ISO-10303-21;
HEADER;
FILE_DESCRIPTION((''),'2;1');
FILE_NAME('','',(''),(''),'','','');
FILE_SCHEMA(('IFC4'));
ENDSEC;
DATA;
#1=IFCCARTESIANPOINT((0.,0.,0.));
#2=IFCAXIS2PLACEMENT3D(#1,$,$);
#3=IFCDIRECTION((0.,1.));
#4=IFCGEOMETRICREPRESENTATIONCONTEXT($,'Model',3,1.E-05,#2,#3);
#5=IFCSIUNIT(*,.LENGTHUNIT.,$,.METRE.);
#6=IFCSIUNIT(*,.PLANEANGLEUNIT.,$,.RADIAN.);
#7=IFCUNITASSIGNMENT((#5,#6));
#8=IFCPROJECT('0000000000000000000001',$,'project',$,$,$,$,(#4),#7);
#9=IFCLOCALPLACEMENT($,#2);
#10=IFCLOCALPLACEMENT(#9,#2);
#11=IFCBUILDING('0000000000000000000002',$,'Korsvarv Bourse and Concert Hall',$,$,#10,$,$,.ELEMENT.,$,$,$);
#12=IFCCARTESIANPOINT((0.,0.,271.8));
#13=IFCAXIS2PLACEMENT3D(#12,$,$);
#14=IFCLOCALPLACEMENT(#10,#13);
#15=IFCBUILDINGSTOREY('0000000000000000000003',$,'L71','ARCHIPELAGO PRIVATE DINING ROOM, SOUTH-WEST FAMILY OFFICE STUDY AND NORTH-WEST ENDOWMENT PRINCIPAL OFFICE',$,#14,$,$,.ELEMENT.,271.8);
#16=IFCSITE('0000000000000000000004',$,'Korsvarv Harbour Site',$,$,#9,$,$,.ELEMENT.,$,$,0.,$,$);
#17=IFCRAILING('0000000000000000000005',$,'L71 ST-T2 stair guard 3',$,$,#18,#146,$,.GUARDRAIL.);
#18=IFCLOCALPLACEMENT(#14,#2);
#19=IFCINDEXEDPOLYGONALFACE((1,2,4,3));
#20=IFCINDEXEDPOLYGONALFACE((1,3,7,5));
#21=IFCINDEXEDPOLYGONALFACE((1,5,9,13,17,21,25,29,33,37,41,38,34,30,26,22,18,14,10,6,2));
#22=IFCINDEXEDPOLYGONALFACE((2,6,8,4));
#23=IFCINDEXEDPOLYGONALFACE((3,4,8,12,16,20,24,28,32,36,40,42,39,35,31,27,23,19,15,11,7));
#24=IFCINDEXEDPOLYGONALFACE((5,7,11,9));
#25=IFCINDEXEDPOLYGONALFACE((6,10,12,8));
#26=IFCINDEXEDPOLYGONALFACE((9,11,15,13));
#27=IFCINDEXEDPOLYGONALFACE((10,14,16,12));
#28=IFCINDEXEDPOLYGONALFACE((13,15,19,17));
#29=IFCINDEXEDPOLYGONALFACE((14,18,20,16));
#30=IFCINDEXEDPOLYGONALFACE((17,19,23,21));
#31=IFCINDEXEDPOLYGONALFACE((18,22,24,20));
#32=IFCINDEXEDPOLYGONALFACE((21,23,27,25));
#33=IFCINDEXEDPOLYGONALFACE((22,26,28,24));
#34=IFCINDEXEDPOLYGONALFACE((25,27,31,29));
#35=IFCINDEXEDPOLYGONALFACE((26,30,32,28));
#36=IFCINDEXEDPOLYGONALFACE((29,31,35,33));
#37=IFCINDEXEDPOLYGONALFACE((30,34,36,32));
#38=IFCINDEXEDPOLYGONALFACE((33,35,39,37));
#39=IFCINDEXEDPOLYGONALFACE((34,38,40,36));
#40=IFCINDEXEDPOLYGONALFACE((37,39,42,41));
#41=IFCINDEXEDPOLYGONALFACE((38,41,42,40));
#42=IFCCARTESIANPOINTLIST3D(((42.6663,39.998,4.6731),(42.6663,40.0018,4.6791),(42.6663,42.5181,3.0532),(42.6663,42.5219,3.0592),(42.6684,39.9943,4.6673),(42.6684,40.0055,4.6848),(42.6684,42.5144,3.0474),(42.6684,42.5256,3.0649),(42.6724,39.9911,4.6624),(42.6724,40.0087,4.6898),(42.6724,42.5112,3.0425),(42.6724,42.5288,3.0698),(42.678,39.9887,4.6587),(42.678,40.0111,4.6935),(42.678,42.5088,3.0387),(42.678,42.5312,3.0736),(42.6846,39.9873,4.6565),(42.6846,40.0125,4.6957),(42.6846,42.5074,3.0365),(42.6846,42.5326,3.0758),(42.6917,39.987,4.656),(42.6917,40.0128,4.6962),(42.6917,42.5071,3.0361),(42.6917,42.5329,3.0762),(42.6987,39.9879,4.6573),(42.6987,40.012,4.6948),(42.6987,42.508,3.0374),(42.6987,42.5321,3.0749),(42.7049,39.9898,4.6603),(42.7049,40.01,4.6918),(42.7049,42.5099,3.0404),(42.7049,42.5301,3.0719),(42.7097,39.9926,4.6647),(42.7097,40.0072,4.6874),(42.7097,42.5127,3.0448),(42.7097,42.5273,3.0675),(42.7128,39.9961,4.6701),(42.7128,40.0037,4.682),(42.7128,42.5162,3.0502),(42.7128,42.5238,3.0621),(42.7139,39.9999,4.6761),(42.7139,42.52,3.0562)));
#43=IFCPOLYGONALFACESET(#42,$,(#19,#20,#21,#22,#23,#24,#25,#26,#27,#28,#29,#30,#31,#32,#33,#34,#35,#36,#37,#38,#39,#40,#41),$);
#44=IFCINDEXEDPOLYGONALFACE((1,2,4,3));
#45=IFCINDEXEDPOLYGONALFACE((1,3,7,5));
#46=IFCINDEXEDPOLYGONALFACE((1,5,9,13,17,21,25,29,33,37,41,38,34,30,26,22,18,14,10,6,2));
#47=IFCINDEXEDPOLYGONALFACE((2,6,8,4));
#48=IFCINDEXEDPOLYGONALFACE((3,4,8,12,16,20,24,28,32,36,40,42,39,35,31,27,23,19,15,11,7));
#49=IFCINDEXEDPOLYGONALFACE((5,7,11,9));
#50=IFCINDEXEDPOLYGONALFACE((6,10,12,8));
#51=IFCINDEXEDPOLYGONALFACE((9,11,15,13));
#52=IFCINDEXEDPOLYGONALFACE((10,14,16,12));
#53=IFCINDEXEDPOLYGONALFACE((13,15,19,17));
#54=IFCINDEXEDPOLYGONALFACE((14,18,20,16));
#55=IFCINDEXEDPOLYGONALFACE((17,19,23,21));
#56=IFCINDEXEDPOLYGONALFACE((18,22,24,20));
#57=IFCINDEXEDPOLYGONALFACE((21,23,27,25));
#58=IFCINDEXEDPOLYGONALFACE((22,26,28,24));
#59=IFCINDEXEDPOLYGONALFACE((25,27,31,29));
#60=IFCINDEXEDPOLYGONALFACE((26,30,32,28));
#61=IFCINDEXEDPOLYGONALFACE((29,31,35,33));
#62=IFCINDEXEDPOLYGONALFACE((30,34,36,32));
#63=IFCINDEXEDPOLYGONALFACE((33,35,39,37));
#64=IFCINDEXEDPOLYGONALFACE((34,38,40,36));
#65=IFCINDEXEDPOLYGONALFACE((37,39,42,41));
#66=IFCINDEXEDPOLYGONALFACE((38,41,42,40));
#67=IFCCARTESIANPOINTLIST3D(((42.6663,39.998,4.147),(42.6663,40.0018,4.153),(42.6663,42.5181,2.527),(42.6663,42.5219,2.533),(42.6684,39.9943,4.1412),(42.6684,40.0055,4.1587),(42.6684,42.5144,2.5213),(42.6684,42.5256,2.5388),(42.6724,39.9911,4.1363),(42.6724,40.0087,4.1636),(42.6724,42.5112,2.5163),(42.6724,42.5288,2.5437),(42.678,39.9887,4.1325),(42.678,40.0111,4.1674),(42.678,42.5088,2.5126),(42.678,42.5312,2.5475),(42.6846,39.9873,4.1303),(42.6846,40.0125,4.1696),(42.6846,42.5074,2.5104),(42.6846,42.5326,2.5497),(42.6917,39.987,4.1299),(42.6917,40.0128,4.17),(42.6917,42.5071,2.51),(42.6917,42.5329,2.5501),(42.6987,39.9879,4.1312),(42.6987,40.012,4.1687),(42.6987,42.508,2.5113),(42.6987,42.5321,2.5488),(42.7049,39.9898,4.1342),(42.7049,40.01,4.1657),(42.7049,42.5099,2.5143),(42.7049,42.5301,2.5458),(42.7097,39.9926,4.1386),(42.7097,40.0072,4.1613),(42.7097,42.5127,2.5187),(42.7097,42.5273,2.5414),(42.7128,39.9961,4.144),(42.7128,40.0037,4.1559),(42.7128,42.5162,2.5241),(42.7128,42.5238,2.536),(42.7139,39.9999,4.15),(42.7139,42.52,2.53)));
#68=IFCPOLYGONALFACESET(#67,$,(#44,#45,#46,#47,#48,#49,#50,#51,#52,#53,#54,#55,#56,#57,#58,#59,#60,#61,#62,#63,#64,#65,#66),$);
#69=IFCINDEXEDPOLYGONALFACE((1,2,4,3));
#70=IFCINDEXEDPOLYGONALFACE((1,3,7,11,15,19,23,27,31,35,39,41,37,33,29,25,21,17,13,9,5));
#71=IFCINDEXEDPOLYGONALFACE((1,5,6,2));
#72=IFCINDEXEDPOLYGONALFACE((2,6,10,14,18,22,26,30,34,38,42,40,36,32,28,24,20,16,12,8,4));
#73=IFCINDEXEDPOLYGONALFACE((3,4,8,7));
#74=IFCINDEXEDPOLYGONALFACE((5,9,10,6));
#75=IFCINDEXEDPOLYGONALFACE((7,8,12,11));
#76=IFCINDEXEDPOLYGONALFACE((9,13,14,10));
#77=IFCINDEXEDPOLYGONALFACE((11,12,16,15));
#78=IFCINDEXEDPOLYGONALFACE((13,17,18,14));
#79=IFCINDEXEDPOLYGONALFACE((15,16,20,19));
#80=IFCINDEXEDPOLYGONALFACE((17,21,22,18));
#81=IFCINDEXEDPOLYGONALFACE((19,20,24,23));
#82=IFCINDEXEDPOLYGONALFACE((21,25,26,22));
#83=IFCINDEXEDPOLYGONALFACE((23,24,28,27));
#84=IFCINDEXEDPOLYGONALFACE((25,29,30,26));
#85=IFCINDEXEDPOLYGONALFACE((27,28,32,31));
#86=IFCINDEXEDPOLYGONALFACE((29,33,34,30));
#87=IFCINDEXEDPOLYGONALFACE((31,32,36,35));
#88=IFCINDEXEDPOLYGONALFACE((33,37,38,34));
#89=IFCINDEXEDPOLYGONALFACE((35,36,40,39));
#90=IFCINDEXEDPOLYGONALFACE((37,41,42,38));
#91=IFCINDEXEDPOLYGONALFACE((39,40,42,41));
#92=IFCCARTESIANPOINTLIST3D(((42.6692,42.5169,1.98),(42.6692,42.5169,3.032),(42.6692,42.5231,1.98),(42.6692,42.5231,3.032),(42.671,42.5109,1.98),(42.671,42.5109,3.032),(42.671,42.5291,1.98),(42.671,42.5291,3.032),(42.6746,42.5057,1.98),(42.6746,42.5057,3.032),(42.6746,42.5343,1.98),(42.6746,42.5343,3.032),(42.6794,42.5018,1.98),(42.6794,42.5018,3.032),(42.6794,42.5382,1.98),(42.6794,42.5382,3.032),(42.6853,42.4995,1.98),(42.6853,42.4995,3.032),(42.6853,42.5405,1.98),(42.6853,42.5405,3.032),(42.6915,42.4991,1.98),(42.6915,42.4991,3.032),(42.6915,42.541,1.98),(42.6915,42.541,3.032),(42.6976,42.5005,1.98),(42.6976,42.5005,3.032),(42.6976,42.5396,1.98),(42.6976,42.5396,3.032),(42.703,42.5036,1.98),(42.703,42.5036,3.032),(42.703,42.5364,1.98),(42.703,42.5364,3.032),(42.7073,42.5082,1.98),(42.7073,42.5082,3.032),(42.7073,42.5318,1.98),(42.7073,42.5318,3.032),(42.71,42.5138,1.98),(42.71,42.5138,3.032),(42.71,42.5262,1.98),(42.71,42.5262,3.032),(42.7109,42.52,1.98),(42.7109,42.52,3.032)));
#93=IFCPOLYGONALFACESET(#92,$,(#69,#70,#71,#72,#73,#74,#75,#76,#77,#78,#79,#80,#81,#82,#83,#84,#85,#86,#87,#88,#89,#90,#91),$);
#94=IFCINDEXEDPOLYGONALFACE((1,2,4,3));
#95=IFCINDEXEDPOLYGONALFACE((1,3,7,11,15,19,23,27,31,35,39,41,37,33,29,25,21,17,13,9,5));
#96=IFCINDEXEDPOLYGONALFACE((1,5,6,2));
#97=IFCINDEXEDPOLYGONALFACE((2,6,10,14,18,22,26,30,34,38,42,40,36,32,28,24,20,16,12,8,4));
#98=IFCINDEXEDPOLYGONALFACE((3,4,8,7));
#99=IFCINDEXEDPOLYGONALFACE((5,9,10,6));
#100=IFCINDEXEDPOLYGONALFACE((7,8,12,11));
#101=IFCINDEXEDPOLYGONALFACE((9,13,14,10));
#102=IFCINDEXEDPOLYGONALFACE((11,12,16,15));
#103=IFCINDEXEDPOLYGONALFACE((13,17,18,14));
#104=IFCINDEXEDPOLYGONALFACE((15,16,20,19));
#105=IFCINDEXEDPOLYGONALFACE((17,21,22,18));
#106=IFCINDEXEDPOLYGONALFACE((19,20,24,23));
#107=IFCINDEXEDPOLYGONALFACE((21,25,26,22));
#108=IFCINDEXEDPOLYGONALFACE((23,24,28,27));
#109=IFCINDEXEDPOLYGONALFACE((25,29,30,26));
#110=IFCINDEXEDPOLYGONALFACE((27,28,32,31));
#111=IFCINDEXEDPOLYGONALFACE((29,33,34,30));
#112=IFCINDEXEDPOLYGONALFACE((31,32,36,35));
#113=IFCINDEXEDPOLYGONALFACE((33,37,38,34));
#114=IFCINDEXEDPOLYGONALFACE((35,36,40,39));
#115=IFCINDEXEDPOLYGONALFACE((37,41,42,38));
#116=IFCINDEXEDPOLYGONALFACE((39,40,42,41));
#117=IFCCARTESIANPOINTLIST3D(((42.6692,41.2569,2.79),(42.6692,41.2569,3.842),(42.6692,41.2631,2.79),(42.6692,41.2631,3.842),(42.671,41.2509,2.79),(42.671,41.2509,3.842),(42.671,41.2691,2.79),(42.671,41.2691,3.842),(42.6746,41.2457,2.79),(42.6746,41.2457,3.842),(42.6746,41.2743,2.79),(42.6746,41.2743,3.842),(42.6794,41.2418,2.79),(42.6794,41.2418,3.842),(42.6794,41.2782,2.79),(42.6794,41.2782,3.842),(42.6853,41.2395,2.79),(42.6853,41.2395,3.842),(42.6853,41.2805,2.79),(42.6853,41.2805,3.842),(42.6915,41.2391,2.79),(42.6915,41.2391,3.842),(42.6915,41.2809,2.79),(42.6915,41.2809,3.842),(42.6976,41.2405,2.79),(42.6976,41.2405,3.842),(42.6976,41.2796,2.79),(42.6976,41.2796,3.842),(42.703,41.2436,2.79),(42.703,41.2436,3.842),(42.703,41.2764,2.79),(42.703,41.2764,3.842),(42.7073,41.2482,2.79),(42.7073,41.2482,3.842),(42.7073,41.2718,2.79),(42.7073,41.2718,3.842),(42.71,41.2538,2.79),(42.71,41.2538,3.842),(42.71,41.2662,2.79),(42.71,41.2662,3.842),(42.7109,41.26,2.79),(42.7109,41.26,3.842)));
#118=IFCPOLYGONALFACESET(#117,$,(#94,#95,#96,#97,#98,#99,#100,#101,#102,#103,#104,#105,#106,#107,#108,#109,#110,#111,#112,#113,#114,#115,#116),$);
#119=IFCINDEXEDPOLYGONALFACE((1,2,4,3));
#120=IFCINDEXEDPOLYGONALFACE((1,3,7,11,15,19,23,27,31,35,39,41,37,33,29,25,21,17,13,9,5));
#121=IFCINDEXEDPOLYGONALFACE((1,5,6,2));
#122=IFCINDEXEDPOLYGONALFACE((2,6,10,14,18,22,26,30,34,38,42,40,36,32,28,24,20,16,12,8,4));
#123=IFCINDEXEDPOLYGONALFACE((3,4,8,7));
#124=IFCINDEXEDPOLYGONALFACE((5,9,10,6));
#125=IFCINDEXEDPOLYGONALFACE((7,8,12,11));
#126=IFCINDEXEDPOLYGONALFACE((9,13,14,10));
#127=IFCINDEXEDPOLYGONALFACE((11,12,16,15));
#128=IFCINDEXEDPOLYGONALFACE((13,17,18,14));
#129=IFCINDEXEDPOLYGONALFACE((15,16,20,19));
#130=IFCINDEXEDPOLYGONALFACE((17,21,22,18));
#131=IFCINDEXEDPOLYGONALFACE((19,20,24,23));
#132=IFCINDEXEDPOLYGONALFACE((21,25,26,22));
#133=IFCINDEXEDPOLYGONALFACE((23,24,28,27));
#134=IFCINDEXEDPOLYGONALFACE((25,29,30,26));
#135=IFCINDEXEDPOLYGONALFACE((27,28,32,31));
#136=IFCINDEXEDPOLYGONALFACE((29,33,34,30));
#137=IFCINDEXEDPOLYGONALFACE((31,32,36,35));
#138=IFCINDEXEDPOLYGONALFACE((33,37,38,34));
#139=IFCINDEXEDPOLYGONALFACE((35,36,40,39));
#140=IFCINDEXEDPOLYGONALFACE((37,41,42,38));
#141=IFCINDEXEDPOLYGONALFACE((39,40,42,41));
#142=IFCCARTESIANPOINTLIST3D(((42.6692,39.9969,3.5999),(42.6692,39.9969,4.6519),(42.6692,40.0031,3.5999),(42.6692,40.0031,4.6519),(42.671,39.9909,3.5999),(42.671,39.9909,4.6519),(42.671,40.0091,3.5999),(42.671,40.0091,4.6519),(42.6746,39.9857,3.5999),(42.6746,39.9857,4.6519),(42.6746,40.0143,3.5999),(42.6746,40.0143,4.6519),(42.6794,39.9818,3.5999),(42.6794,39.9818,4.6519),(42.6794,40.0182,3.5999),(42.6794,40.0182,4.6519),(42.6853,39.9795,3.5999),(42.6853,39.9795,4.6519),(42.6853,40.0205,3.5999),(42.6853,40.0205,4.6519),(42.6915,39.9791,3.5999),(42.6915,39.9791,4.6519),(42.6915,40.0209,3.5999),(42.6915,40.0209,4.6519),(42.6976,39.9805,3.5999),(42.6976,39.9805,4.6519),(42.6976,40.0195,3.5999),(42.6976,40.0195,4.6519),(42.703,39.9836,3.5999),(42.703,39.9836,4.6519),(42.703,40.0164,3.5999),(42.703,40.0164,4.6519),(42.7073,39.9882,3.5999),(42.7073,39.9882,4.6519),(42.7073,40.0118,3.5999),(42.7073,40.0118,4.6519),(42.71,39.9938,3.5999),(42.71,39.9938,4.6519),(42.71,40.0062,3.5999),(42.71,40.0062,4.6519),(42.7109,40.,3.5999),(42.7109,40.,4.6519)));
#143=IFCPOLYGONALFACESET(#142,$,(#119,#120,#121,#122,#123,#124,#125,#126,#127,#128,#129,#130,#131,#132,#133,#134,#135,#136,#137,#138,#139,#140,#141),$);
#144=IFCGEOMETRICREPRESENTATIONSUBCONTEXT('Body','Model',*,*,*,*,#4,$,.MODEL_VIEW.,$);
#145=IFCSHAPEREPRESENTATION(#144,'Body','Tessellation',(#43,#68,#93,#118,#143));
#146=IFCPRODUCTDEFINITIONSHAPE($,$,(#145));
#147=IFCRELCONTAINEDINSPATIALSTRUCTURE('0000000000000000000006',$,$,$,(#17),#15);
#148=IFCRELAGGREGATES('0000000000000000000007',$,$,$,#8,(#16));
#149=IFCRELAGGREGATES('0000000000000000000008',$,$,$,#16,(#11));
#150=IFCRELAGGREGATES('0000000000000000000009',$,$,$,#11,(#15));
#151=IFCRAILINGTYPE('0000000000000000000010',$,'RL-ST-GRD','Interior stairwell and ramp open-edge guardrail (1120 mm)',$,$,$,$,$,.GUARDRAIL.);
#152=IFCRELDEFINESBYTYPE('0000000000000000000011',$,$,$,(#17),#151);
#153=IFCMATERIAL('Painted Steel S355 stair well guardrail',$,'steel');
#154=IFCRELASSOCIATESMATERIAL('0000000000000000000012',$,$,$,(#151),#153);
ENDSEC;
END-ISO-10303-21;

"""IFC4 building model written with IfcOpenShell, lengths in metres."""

from ifc_helpers import new_model, si_unit, direction, frame, origin, origin_2d, place, context, subcontext, project, spatial, circle, extrude, material, type_object, element, save


model = new_model("IFC4")

# Units and contexts
model_context = context("Model", 3, precision=1e-05, world=origin(), true_north=direction((0.0, 1.0)))
body_context = subcontext(model_context, "Body", "Model", "MODEL_VIEW")
ifc_project = project(units=[si_unit("LENGTHUNIT", "METRE"), si_unit("PLANEANGLEUNIT", "RADIAN")], contexts=[model_context])

# Site, building, storey
site_placement = place(None, origin())
site = spatial("IfcSite", under=ifc_project, at=site_placement, Name="Korsvarv Harbour Site", CompositionType="ELEMENT", RefElevation=0.0)
building_placement = place(site_placement, origin())
building = spatial("IfcBuilding", under=site, at=building_placement, Name="Korsvarv Bourse and Concert Hall", CompositionType="ELEMENT")
storey_placement = place(building_placement, frame((0.0, 0.0, 271.8)))
storey = spatial("IfcBuildingStorey", under=building, at=storey_placement, Name="L71", Description="ARCHIPELAGO PRIVATE DINING ROOM, SOUTH-WEST FAMILY OFFICE STUDY AND NORTH-WEST ENDOWMENT PRINCIPAL OFFICE", CompositionType="ELEMENT", Elevation=271.8)

# Railing
ifc_material_1 = material(Name="Painted Steel S355 stair well guardrail", Category="steel")
railing_type_1 = type_object("IfcRailingType", Name="RL-ST-GRD", Description="Interior stairwell and ramp open-edge guardrail (1120 mm)", PredefinedType="GUARDRAIL", material=ifc_material_1)
railing_1_placement = place(storey_placement, frame((42.6899, 42.52, 1.98)))
element("IfcRailing", 1, at=railing_1_placement, inside=storey, type_object=railing_type_1, Name="L71 ST-T2 stair guard 3", PredefinedType="GUARDRAIL", context=body_context, shape_type="SweptSolid", body=[
    extrude(circle(Radius=0.0239, at=origin_2d()), frame((0.0, 0.0, 1.0762), z_axis=(0.0, -0.8412, 0.540725), x_axis=(1.0, 0.0, 0.0)), (0.0, 0.0, 1.0), 2.9958),
    extrude(circle(Radius=0.0239, at=origin_2d()), frame((0.0, 0.0, 0.55), z_axis=(0.0, -0.8412, 0.540725), x_axis=(1.0, 0.0, 0.0)), (0.0, 0.0, 1.0), 2.9958),
    extrude(circle(Radius=0.021, at=origin_2d()), origin(), (0.0, 0.0, 1.0), 1.052),
    extrude(circle(Radius=0.021, at=origin_2d()), frame((0.0, -1.26, 0.8101)), (0.0, 0.0, 1.0), 1.052),
    extrude(circle(Radius=0.021, at=origin_2d()), frame((0.0, -2.52, 1.6199)), (0.0, 0.0, 1.0), 1.052),
])

save(model, "model.ifc")
